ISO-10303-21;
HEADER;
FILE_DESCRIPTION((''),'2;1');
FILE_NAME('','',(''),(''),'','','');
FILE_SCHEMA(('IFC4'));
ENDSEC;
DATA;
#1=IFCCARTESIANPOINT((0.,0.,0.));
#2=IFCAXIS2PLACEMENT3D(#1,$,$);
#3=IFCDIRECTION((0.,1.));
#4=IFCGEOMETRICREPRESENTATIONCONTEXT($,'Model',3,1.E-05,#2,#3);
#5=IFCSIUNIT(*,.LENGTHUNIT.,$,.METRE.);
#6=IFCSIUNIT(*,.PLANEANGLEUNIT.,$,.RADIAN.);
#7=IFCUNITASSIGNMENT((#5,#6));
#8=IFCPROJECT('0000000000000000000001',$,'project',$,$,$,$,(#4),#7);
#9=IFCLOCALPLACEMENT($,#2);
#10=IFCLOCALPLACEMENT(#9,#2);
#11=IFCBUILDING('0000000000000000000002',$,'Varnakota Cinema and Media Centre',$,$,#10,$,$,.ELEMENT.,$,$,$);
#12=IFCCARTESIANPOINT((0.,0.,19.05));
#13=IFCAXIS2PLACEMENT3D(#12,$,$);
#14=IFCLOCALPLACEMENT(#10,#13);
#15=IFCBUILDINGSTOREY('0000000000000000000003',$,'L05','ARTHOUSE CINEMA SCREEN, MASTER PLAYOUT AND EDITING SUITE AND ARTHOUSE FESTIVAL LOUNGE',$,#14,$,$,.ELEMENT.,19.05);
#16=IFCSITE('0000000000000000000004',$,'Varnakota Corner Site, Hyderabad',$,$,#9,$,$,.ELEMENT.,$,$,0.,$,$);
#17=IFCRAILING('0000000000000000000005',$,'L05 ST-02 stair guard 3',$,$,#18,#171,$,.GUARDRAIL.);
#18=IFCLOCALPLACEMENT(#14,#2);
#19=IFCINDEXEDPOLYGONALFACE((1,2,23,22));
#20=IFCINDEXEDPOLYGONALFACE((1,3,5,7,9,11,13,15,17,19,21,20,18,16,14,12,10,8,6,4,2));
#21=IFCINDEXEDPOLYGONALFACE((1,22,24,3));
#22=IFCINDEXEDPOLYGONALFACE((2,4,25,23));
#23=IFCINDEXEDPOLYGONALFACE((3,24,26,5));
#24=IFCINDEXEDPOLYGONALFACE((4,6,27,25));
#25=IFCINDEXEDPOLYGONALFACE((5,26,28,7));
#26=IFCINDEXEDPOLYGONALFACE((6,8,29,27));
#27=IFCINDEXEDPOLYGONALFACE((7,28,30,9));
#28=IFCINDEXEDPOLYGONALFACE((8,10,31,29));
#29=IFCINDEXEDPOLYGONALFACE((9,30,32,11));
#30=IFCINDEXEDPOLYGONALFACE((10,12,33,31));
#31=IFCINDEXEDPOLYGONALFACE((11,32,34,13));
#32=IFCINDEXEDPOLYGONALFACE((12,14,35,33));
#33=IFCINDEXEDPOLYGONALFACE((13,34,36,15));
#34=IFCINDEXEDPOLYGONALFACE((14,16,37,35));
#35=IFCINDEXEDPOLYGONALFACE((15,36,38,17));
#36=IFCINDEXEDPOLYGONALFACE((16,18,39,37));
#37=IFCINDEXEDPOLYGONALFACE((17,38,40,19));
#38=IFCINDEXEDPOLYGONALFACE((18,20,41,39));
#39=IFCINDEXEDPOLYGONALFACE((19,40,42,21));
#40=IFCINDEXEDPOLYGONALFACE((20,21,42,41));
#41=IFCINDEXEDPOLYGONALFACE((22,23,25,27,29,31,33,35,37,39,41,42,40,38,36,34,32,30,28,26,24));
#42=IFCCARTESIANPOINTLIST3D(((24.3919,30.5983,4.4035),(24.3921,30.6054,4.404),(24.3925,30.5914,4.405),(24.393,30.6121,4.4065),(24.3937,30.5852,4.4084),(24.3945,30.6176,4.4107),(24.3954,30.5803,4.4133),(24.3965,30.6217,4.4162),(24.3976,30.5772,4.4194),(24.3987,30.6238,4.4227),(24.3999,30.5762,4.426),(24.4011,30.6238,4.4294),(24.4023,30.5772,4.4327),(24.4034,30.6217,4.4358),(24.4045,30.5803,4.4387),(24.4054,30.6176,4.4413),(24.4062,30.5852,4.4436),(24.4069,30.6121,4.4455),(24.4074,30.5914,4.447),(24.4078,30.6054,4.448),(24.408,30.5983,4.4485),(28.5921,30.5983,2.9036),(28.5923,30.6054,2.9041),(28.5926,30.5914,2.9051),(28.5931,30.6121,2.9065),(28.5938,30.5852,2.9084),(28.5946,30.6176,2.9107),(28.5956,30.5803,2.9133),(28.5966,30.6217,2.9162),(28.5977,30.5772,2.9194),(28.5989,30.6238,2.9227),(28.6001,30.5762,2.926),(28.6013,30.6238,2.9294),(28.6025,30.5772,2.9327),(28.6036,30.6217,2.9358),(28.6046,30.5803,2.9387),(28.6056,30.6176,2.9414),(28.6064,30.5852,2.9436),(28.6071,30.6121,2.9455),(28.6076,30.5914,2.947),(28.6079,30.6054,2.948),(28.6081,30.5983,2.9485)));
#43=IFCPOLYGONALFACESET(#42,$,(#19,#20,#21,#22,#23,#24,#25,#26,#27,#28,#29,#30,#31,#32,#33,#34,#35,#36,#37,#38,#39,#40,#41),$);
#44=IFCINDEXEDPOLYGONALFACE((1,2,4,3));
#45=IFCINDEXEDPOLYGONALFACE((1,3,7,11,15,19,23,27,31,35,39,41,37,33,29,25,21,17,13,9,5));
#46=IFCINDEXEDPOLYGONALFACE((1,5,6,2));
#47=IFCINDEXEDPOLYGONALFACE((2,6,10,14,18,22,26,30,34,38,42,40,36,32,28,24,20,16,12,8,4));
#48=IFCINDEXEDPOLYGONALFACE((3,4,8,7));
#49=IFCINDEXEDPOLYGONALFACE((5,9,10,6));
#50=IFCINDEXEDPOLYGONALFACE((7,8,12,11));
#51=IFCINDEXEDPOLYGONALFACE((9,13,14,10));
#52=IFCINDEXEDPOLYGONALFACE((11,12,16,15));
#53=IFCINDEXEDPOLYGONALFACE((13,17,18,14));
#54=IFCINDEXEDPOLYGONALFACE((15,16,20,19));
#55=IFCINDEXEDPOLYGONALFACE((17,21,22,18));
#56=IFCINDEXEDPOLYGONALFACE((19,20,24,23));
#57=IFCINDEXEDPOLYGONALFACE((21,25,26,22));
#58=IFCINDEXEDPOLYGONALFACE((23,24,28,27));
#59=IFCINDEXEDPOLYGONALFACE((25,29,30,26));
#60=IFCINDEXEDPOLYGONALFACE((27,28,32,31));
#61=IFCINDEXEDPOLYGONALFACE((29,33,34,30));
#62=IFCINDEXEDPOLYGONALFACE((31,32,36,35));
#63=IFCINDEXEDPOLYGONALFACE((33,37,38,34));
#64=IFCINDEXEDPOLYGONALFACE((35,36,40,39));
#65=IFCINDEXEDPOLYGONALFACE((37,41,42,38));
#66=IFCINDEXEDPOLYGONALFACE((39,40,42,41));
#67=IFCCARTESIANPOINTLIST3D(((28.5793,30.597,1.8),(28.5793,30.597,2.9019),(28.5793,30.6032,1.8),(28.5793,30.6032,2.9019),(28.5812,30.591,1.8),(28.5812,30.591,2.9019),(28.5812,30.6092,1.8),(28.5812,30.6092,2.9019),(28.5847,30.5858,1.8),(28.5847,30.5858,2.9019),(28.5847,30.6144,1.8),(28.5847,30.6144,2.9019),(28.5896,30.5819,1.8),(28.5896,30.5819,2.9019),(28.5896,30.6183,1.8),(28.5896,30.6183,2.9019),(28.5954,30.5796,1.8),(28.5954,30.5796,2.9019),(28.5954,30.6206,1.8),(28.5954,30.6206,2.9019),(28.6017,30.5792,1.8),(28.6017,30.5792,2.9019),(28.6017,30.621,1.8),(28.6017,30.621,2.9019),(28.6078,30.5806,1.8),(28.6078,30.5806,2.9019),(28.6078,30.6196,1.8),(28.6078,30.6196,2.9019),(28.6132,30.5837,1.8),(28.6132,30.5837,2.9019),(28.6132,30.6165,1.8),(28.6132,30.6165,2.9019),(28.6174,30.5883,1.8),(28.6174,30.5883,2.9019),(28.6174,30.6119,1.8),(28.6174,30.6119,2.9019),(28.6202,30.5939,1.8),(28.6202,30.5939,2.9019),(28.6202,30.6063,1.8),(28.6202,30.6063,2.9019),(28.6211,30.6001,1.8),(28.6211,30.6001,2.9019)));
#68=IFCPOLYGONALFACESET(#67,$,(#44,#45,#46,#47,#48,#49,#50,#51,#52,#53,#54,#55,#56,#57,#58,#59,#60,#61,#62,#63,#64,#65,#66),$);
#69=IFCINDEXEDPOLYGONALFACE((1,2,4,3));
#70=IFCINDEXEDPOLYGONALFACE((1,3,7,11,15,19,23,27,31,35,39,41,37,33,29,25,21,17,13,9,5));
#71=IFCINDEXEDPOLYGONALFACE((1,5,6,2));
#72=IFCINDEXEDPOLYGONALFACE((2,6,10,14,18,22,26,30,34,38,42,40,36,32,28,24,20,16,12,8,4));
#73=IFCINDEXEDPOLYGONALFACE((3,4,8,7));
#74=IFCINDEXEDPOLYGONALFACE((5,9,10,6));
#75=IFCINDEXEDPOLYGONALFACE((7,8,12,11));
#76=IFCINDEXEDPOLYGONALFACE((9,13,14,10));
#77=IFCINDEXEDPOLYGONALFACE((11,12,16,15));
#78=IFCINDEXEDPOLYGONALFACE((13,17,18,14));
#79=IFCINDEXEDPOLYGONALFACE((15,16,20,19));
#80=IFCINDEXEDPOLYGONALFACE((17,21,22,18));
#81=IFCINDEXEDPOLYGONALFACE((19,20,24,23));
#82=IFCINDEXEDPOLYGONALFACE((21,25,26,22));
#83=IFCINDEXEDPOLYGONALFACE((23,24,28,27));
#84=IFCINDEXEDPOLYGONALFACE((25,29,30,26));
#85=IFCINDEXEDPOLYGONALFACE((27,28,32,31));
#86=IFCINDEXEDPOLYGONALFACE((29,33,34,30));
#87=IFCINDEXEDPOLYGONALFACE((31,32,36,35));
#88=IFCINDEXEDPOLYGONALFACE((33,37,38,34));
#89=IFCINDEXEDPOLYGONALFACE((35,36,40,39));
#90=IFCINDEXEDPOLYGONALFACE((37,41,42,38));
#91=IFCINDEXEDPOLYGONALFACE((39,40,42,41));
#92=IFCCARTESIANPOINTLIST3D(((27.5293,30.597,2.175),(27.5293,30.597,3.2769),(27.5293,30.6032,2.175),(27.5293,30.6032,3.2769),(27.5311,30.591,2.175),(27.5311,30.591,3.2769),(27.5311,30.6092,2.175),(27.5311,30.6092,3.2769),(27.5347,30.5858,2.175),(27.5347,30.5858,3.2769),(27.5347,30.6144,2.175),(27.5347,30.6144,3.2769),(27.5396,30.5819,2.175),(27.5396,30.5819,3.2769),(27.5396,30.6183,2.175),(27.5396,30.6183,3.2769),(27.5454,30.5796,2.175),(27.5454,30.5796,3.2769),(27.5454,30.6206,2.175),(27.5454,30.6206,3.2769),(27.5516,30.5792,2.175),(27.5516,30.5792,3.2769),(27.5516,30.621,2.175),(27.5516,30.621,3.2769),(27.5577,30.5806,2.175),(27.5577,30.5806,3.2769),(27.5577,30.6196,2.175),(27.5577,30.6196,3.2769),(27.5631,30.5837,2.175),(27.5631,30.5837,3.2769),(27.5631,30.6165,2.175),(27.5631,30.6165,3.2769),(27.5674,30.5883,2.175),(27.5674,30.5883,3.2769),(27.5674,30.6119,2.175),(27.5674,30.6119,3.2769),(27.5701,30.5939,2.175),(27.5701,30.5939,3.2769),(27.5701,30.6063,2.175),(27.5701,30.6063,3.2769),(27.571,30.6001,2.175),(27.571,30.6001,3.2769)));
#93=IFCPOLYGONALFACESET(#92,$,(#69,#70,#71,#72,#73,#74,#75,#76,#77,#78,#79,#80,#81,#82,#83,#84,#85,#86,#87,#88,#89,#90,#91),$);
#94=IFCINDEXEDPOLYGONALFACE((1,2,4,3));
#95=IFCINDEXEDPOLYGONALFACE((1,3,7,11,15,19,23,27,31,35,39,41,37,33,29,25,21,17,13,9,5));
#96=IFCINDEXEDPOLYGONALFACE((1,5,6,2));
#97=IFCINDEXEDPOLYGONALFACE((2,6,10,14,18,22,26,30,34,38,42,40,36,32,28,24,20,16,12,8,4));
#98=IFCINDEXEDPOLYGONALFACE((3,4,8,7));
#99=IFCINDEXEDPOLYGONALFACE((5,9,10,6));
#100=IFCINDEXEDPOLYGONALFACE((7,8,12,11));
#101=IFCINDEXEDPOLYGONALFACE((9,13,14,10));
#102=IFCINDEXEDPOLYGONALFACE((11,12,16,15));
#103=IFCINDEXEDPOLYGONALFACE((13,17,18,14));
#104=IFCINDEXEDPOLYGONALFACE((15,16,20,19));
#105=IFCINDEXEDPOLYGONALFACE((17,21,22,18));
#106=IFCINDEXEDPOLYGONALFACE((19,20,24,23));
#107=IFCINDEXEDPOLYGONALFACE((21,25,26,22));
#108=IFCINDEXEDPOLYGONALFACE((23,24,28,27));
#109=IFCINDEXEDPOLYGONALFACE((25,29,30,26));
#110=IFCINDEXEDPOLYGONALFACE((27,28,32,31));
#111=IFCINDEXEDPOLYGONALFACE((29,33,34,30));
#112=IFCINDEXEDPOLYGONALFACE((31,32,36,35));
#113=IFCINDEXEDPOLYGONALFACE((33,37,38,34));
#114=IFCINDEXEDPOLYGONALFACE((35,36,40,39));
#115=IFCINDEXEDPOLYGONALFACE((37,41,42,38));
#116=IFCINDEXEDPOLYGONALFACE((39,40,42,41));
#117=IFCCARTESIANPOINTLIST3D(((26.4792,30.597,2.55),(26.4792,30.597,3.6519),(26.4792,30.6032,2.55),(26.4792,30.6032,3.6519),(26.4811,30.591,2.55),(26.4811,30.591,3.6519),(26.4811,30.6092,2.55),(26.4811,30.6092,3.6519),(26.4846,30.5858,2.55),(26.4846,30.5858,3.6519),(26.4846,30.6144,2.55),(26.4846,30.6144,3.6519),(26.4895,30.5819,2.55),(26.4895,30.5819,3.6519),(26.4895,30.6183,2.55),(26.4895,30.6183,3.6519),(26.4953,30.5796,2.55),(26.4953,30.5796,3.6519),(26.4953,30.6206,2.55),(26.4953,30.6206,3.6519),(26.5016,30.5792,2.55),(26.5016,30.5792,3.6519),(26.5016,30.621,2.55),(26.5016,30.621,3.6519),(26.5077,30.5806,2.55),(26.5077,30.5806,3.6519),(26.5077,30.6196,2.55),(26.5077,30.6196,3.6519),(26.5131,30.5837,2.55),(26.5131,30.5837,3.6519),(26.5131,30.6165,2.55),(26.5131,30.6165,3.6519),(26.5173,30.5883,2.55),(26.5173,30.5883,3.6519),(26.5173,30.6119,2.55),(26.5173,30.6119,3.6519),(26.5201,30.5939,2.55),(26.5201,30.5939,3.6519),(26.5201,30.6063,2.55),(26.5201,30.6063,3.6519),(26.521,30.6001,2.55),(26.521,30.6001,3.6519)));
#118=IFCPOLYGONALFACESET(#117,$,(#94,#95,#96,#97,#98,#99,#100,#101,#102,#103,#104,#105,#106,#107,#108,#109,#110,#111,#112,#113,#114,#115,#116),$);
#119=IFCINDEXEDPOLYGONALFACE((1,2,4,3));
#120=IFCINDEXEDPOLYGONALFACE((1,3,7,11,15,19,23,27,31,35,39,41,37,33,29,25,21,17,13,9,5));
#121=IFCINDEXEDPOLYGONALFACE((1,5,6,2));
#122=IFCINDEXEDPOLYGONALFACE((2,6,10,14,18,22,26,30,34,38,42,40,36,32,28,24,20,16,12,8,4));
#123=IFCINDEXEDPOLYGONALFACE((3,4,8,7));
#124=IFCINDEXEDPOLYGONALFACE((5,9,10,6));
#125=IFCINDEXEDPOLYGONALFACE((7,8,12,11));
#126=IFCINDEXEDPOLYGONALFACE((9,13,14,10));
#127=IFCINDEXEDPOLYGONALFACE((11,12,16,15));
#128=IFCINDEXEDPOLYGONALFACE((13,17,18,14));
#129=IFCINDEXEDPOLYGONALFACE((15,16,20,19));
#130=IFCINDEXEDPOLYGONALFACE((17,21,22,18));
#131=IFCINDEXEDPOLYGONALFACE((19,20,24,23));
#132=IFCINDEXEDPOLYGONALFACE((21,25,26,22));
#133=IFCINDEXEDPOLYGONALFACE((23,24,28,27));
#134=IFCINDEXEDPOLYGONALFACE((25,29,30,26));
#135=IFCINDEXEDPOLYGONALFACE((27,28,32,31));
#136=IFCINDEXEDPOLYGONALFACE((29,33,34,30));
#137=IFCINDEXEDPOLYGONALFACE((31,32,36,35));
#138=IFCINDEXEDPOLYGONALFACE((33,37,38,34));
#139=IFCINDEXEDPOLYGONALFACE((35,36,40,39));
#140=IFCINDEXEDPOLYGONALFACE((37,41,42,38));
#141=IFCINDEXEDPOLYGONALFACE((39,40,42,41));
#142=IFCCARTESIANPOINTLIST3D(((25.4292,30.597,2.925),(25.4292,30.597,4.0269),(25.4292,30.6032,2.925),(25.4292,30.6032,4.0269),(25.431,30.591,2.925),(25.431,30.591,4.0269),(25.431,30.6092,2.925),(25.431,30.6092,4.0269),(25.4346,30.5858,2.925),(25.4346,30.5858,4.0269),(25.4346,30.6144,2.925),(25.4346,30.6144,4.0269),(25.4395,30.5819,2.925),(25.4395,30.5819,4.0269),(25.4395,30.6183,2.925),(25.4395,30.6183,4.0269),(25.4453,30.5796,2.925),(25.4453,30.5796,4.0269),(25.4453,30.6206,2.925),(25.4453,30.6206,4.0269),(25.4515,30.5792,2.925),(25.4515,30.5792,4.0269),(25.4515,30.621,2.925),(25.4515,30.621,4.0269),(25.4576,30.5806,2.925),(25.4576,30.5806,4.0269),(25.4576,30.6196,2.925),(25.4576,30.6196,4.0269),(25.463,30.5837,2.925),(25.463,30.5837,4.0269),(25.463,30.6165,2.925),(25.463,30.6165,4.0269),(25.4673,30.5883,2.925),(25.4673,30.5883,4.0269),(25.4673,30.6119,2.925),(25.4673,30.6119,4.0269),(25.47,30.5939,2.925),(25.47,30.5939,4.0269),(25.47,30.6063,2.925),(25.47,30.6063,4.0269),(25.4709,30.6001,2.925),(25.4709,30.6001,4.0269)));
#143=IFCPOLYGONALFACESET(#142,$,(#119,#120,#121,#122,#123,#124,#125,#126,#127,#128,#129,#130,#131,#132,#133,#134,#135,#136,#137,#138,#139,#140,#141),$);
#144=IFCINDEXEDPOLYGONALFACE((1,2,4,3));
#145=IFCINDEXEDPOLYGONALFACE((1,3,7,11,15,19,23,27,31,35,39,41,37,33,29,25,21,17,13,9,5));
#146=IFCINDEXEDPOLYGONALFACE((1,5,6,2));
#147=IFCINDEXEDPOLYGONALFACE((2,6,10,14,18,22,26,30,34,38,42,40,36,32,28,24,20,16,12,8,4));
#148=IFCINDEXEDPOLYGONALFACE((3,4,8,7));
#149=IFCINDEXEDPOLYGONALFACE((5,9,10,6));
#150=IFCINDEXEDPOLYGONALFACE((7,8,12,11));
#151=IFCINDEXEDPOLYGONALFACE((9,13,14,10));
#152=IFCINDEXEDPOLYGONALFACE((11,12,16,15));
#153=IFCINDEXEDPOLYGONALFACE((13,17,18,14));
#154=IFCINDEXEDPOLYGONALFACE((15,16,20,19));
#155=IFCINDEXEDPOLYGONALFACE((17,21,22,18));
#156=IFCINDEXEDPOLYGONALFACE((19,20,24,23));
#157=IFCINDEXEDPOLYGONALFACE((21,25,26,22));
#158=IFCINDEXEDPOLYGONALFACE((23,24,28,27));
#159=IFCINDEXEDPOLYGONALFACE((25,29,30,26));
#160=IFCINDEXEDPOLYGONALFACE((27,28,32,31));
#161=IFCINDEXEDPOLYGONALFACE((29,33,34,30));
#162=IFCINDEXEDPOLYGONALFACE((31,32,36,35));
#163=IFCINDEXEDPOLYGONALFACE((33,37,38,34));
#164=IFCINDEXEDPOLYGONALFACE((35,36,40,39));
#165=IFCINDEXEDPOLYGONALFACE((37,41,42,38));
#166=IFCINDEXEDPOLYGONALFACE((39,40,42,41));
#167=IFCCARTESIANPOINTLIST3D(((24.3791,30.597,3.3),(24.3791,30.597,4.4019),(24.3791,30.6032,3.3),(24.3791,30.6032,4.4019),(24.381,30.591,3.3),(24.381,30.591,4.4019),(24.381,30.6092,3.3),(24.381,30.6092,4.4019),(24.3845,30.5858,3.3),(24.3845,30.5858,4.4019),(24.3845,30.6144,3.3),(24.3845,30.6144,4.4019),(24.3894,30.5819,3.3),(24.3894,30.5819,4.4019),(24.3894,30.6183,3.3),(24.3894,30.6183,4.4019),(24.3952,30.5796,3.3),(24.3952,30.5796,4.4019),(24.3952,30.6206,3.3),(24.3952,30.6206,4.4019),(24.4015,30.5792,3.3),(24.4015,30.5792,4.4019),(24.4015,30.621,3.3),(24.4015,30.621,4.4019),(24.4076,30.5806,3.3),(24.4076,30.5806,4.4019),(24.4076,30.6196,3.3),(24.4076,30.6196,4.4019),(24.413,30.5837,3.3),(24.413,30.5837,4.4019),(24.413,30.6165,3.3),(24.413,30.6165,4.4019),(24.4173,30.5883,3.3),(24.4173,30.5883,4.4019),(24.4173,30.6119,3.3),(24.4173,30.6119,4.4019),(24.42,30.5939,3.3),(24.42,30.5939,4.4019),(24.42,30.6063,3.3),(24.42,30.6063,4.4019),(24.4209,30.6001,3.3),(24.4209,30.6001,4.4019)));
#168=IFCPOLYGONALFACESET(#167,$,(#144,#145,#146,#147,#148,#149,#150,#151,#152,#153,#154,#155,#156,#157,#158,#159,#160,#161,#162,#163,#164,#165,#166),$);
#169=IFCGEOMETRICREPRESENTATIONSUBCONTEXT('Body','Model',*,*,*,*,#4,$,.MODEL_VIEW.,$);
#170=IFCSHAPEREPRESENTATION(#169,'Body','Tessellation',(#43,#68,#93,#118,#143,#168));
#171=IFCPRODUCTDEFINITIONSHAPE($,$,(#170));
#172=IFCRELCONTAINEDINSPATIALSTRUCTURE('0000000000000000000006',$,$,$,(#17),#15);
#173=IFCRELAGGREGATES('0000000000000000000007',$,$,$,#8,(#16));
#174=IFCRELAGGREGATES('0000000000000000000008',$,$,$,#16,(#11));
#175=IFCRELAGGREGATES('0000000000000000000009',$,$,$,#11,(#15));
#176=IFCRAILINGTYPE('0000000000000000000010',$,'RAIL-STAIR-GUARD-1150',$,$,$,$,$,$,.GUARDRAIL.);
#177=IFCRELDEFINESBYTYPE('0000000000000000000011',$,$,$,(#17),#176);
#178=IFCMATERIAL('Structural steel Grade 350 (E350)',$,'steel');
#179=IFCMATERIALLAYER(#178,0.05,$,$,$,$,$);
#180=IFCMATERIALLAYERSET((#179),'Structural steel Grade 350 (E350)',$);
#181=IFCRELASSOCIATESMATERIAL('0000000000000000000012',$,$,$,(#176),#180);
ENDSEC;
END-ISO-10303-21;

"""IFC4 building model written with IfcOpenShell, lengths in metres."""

from ifc_helpers import new_model, si_unit, direction, frame, origin, origin_2d, place, context, subcontext, project, spatial, circle, extrude, material, layer, layer_set, type_object, element, save


model = new_model("IFC4")

# Units and contexts
model_context = context("Model", 3, precision=1e-05, world=origin(), true_north=direction((0.0, 1.0)))
body_context = subcontext(model_context, "Body", "Model", "MODEL_VIEW")
ifc_project = project(units=[si_unit("LENGTHUNIT", "METRE"), si_unit("PLANEANGLEUNIT", "RADIAN")], contexts=[model_context])

# Site, building, storey
site_placement = place(None, origin())
site = spatial("IfcSite", under=ifc_project, at=site_placement, Name="Varnakota Corner Site, Hyderabad", CompositionType="ELEMENT", RefElevation=0.0)
building_placement = place(site_placement, origin())
building = spatial("IfcBuilding", under=site, at=building_placement, Name="Varnakota Cinema and Media Centre", CompositionType="ELEMENT")
storey_placement = place(building_placement, frame((0.0, 0.0, 19.05)))
storey = spatial("IfcBuildingStorey", under=building, at=storey_placement, Name="L05", Description="ARTHOUSE CINEMA SCREEN, MASTER PLAYOUT AND EDITING SUITE AND ARTHOUSE FESTIVAL LOUNGE", CompositionType="ELEMENT", Elevation=19.05)

# Railing
ifc_material_1 = material(Name="Structural steel Grade 350 (E350)", Category="steel")
ifc_layer_1 = layer(ifc_material_1, 0.05)
ifc_layer_set_1 = layer_set([ifc_layer_1], Name="Structural steel Grade 350 (E350)")
railing_type_1 = type_object("IfcRailingType", Name="RAIL-STAIR-GUARD-1150", PredefinedType="GUARDRAIL", material=ifc_layer_set_1)
railing_1_placement = place(storey_placement, frame((28.6001, 30.6001, 1.8)))
element("IfcRailing", 1, at=railing_1_placement, inside=storey, type_object=railing_type_1, Name="L05 ST-02 stair guard 3", PredefinedType="GUARDRAIL", context=body_context, shape_type="SweptSolid", body=[
    extrude(circle(Radius=0.0239, at=origin_2d()), frame((0.0, 0.0, 1.126), z_axis=(-0.941747, 0.0, 0.336323), x_axis=(0.0, -1.0, 0.0)), (0.0, 0.0, 1.0), 4.46),
    extrude(circle(Radius=0.021, at=origin_2d()), origin(), (0.0, 0.0, 1.0), 1.1018),
    extrude(circle(Radius=0.021, at=origin_2d()), frame((-1.05, 0.0, 0.375)), (0.0, 0.0, 1.0), 1.1018),
    extrude(circle(Radius=0.021, at=origin_2d()), frame((-2.1001, 0.0, 0.75)), (0.0, 0.0, 1.0), 1.1018),
    extrude(circle(Radius=0.021, at=origin_2d()), frame((-3.1501, 0.0, 1.125)), (0.0, 0.0, 1.0), 1.1018),
    extrude(circle(Radius=0.021, at=origin_2d()), frame((-4.2002, 0.0, 1.5)), (0.0, 0.0, 1.0), 1.1018),
])

save(model, "model.ifc")
